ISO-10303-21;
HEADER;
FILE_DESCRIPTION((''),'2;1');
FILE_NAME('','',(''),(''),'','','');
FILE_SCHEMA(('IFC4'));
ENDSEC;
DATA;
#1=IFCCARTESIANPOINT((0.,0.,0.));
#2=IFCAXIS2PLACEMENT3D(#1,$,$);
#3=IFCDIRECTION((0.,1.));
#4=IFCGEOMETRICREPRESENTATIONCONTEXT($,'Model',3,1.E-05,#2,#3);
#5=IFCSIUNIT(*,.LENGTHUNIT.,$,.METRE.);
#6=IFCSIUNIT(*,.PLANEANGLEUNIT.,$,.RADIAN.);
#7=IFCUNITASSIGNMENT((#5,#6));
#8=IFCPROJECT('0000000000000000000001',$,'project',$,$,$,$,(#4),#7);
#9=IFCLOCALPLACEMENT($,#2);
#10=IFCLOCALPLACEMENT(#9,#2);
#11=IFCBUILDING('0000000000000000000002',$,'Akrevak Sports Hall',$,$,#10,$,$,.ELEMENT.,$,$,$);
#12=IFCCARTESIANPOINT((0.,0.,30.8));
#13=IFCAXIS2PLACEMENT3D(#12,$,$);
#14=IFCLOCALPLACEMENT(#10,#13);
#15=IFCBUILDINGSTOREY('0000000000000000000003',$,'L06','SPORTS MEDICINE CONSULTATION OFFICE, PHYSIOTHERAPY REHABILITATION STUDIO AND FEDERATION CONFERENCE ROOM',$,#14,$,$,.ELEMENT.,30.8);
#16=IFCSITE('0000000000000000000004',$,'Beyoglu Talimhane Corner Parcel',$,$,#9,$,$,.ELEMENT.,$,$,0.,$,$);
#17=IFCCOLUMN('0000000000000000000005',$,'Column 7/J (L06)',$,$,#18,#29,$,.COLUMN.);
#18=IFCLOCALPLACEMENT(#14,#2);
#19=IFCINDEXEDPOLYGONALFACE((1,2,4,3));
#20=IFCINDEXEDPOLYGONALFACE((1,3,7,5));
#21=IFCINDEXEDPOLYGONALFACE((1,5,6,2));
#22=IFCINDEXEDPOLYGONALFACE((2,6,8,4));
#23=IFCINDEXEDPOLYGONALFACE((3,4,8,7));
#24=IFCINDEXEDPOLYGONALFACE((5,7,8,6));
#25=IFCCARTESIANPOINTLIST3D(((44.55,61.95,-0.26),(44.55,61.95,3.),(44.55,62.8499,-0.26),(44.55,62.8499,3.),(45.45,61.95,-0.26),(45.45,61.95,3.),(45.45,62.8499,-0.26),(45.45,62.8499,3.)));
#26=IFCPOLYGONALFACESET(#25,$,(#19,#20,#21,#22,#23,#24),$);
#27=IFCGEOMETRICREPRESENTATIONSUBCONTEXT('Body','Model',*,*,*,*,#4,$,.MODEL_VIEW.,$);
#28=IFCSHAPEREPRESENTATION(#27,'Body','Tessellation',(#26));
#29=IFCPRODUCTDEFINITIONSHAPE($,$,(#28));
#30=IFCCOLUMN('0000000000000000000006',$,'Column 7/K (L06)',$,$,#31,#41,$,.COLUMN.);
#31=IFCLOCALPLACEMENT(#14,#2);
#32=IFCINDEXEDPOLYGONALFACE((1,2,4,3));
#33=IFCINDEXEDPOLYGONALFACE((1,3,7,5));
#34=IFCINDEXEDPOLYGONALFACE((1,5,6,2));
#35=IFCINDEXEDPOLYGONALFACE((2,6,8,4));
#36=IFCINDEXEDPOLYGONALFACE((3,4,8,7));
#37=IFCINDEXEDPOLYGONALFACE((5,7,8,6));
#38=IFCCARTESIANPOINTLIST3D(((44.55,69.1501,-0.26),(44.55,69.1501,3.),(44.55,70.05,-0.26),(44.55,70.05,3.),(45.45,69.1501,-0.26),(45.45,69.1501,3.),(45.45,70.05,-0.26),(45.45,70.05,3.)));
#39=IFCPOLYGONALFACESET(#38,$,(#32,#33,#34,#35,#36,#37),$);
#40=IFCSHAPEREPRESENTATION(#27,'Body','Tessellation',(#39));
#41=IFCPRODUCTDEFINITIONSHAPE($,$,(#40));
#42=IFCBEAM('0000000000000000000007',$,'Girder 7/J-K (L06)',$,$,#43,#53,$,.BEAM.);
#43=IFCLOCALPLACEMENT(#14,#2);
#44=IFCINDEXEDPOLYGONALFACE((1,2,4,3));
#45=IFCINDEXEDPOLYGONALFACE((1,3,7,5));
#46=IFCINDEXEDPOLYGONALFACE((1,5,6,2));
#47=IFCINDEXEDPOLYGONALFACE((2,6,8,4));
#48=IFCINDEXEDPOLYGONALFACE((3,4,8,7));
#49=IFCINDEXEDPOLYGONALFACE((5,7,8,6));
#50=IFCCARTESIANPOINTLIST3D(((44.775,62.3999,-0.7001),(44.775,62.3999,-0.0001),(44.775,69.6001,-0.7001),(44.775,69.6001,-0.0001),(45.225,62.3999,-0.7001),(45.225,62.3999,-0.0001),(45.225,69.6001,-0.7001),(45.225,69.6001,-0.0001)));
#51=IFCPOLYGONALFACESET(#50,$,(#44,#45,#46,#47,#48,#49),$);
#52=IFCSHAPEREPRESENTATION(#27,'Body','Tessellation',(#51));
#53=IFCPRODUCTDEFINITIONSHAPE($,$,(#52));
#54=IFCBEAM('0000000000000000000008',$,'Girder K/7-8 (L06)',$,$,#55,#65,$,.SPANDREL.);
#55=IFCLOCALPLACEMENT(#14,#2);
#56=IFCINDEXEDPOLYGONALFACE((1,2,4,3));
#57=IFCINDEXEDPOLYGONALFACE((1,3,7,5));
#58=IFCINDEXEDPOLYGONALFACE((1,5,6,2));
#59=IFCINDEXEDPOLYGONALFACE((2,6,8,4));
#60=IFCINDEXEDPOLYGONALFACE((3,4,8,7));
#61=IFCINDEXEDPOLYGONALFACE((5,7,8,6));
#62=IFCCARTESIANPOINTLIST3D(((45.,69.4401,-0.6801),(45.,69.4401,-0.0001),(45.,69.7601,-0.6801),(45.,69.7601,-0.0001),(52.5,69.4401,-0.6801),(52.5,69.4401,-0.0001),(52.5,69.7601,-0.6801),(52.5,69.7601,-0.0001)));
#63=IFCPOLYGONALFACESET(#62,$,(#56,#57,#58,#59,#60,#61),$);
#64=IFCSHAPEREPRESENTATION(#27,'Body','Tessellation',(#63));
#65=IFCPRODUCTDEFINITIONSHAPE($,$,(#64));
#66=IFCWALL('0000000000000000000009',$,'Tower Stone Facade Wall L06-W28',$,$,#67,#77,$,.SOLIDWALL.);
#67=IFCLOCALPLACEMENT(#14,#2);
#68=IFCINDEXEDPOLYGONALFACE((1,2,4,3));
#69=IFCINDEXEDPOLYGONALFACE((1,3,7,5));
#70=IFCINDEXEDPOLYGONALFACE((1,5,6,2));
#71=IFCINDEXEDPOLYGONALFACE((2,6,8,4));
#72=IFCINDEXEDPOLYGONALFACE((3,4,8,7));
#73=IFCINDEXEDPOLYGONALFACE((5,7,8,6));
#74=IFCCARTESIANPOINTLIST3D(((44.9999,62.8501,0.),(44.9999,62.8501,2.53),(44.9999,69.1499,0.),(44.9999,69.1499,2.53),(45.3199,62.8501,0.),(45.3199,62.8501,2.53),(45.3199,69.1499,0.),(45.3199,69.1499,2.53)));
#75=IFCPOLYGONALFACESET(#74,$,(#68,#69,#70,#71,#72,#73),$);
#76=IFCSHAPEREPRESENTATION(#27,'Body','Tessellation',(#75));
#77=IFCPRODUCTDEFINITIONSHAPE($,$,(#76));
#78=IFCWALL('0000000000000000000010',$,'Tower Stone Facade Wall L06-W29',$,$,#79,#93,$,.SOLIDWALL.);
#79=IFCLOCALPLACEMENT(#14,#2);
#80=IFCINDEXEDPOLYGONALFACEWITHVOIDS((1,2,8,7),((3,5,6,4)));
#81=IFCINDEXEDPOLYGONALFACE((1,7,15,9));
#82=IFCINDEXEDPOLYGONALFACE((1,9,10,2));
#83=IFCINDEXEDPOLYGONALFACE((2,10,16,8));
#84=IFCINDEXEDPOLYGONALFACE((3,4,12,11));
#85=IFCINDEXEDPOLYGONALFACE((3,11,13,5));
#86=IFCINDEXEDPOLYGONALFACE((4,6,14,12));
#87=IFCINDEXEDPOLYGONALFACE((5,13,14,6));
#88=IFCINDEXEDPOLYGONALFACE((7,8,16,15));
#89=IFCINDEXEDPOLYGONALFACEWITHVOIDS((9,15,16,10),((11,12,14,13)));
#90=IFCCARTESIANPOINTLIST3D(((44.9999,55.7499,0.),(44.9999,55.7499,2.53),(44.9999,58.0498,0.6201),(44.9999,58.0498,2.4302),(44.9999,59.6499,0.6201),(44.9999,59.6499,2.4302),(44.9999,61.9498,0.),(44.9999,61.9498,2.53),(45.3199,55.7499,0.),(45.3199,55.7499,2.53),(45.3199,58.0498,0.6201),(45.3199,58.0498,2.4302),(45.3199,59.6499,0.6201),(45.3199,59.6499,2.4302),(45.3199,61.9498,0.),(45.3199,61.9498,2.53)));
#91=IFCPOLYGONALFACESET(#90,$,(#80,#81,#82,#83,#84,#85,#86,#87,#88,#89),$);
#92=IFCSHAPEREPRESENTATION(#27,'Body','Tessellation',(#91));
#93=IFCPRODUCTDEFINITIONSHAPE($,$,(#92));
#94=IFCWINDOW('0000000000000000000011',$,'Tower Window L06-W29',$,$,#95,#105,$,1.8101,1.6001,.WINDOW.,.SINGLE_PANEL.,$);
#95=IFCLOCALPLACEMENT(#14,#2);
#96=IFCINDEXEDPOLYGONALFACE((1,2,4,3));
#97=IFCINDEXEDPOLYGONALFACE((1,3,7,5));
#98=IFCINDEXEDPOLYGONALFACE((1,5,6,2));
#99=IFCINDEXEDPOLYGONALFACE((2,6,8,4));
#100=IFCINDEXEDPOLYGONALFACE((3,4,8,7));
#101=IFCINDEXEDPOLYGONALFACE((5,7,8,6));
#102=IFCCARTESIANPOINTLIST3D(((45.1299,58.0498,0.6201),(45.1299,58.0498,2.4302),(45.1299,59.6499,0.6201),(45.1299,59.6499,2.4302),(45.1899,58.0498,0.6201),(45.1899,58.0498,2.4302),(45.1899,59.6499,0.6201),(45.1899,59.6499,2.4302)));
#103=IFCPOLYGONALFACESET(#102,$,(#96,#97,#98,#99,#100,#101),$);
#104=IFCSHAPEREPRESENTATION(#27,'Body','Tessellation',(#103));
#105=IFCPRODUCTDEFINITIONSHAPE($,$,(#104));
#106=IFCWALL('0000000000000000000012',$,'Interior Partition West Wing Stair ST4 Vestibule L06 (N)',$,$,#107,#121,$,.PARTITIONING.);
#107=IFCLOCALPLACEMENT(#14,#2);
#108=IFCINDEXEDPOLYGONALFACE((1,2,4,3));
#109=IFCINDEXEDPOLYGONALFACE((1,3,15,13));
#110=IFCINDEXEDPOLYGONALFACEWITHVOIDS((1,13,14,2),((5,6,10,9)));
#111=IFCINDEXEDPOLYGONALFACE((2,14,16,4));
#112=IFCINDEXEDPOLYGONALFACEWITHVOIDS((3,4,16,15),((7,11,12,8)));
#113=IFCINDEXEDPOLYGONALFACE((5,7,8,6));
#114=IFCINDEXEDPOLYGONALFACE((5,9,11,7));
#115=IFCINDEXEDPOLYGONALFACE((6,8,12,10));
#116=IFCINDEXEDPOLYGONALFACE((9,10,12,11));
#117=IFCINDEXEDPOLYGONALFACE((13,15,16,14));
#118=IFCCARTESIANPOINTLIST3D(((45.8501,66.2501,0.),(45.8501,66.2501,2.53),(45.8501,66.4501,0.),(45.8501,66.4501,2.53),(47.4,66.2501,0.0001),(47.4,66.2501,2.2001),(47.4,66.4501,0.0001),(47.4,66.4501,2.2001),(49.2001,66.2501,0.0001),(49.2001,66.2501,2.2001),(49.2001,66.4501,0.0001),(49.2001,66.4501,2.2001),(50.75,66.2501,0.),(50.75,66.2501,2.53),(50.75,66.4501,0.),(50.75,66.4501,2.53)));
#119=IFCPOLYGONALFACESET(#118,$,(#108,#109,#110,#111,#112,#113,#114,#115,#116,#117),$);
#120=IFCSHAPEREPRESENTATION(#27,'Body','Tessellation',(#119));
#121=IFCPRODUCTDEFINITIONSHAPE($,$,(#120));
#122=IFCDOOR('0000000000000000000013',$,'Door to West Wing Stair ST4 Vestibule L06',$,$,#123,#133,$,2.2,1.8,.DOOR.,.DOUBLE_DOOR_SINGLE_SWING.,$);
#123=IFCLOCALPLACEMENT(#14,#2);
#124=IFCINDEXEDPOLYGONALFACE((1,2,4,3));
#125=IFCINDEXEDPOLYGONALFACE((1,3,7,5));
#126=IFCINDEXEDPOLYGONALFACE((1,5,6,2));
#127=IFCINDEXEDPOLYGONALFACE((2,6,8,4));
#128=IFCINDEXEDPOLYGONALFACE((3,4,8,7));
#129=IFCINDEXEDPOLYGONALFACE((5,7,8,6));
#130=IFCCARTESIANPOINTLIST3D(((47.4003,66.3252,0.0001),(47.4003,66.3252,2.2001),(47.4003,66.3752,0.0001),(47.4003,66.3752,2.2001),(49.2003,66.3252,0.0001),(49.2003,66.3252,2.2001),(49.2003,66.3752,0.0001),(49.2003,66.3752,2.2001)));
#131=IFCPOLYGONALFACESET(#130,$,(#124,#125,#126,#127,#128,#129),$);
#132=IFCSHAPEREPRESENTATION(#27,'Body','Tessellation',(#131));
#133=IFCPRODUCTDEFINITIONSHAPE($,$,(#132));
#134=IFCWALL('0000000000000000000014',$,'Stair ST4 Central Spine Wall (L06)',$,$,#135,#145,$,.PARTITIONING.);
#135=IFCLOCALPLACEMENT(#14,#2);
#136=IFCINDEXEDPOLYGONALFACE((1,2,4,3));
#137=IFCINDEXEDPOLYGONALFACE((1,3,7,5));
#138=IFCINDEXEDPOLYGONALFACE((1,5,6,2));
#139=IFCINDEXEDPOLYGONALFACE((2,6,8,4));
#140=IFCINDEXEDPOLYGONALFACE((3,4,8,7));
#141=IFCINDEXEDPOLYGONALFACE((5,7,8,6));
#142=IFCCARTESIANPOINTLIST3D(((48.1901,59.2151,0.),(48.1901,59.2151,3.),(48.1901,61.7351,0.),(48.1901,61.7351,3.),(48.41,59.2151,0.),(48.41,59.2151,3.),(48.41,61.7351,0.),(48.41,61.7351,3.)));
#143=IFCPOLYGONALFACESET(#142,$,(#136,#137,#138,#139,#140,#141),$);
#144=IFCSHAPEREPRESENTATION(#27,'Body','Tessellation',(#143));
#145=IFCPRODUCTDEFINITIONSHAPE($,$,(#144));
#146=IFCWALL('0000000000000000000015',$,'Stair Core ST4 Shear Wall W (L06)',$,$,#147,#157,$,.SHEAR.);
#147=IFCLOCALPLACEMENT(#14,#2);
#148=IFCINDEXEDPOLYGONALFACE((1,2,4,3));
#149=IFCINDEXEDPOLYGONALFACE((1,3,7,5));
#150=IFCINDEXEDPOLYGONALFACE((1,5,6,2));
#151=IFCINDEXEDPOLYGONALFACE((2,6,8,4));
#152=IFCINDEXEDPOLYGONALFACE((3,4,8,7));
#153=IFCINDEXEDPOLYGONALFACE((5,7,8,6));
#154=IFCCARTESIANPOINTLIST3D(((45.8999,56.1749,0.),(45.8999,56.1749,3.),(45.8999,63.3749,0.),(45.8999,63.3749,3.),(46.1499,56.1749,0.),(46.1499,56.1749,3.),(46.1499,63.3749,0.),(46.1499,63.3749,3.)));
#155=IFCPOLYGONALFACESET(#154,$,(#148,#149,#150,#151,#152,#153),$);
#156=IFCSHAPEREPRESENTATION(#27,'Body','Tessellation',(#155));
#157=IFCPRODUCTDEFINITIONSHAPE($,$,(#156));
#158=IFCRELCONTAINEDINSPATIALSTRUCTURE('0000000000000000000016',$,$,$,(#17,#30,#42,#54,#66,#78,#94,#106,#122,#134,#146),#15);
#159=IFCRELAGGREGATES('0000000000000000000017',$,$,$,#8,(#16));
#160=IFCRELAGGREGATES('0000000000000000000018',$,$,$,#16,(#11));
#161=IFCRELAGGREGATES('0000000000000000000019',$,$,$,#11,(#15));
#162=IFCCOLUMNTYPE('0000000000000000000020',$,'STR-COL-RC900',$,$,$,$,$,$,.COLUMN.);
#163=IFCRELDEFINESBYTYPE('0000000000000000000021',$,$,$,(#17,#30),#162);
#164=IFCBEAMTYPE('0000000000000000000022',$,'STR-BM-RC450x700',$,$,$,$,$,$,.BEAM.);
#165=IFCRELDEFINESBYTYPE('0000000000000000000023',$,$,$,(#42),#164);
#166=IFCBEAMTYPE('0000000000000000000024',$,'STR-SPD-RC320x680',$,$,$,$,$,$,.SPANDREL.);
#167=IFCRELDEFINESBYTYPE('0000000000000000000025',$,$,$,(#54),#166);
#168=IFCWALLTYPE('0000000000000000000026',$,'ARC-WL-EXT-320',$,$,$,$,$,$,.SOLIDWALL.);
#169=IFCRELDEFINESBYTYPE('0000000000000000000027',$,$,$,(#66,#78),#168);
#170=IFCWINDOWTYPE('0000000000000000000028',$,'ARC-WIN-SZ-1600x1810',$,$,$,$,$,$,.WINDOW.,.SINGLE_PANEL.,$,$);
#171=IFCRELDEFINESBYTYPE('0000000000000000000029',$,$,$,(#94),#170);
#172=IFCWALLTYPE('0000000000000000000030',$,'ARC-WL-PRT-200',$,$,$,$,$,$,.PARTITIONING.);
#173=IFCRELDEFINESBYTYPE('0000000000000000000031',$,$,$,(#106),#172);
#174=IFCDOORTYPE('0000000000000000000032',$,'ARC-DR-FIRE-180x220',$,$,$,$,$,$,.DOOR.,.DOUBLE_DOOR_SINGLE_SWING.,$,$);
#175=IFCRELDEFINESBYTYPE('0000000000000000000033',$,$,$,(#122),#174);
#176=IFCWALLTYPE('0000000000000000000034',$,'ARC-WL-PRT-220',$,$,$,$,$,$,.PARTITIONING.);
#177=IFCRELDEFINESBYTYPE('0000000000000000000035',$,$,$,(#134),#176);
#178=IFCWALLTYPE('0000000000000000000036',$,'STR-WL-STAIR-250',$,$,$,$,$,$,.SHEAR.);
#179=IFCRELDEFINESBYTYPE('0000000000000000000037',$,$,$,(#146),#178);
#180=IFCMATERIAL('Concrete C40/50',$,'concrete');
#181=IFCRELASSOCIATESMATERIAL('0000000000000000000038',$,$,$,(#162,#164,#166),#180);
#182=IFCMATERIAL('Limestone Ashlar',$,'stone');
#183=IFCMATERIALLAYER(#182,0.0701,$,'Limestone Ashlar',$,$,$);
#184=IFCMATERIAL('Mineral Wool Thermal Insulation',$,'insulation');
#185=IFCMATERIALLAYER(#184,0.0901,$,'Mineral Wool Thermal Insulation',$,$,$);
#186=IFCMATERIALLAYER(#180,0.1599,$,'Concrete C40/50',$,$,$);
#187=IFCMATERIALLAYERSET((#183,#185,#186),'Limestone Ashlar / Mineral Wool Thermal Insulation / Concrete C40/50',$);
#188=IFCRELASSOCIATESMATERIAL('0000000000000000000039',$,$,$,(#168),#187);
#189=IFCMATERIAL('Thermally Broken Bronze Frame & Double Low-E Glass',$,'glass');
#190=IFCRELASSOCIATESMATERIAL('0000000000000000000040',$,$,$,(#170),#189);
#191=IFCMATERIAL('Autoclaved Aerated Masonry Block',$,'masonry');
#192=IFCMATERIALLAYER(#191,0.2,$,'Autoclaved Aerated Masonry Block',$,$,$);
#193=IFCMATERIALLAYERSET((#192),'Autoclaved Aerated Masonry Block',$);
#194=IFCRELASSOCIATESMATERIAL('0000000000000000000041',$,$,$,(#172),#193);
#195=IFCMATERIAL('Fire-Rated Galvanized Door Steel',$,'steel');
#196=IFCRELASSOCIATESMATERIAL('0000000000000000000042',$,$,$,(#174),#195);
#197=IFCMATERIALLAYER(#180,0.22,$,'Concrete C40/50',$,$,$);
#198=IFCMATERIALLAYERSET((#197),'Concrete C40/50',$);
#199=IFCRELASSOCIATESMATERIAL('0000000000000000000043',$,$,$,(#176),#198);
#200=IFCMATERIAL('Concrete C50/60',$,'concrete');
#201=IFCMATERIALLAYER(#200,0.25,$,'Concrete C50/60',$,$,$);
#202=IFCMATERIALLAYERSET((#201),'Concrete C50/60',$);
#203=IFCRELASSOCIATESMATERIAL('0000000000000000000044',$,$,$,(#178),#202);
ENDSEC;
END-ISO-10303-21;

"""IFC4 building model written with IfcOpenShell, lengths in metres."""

from ifc_helpers import new_model, si_unit, direction, frame, frame_2d, origin, origin_2d, place, context, subcontext, project, spatial, rectangle, extrude, material, layer, layer_set, material_profile, profile_set, type_object, element, fill, save


model = new_model("IFC4")

# Units and contexts
model_context = context("Model", 3, precision=1e-05, world=origin(), true_north=direction((0.0, 1.0)))
body_context = subcontext(model_context, "Body", "Model", "MODEL_VIEW")
ifc_project = project(units=[si_unit("LENGTHUNIT", "METRE"), si_unit("PLANEANGLEUNIT", "RADIAN")], contexts=[model_context])

# Site, building, storey
site_placement = place(None, origin())
site = spatial("IfcSite", under=ifc_project, at=site_placement, Name="Beyoglu Talimhane Corner Parcel", CompositionType="ELEMENT", RefElevation=0.0)
building_placement = place(site_placement, origin())
building = spatial("IfcBuilding", under=site, at=building_placement, Name="Akrevak Sports Hall", CompositionType="ELEMENT")
storey_placement = place(building_placement, frame((0.0, 0.0, 30.8)))
storey = spatial("IfcBuildingStorey", under=building, at=storey_placement, Name="L06", Description="SPORTS MEDICINE CONSULTATION OFFICE, PHYSIOTHERAPY REHABILITATION STUDIO AND FEDERATION CONFERENCE ROOM", CompositionType="ELEMENT", Elevation=30.8)

# Columns
ifc_material_1 = material(Name="Concrete C40/50", Category="concrete")
ifc_material_profile_1 = material_profile(ifc_material_1, rectangle(XDim=0.8999, YDim=0.8999, at=origin_2d()), Name="RC 900x900", Category="concrete")
ifc_profile_set_1 = profile_set([ifc_material_profile_1], Name="Concrete C40/50")
column_type = type_object("IfcColumnType", Name="STR-COL-RC900", PredefinedType="COLUMN", material=ifc_profile_set_1)
for number, where, z_axis, x_axis, name in (
    (1, (45.0, 62.3999, -0.26), (0.0, 0.0, 1.0), (1.0, 0.0, 0.0), "Column 7/J (L06)"),
    (2, (45.0, 69.6001, -0.26), (0.0, 0.0, 1.0), (1.0, 0.0, 0.0), "Column 7/K (L06)"),
):
    element("IfcColumn", number, at=place(storey_placement, frame(where, z_axis=z_axis, x_axis=x_axis)), inside=storey, type_object=column_type, Name=name, PredefinedType="COLUMN", context=body_context, shape_type="SweptSolid", body=[
        extrude(rectangle(XDim=0.8999, YDim=0.8999, at=origin_2d()), origin(), (0.0, 0.0, 1.0), 3.26),
    ])

# Beams
ifc_material_profile_2 = material_profile(ifc_material_1, rectangle(XDim=0.45, YDim=0.7, at=origin_2d()), Name="BM 450x700", Category="concrete")
ifc_profile_set_2 = profile_set([ifc_material_profile_2], Name="Concrete C40/50")
beam_type_1 = type_object("IfcBeamType", Name="STR-BM-RC450x700", PredefinedType="BEAM", material=ifc_profile_set_2)
beam_1_placement = place(storey_placement, frame((45.0, 62.3999, -0.3501), z_axis=(0.0, 1.0, 0.0), x_axis=(-1.0, 0.0, 0.0)))
element("IfcBeam", 3, at=beam_1_placement, inside=storey, type_object=beam_type_1, Name="Girder 7/J-K (L06)", PredefinedType="BEAM", context=body_context, shape_type="SweptSolid", body=[
    extrude(rectangle(XDim=0.45, YDim=0.7, at=origin_2d()), origin(), (0.0, 0.0, 1.0), 7.2002),
])
ifc_material_profile_3 = material_profile(ifc_material_1, rectangle(XDim=0.3201, YDim=0.6799, at=origin_2d()), Name="SPD 320x680", Category="concrete")
ifc_profile_set_3 = profile_set([ifc_material_profile_3], Name="Concrete C40/50")
beam_type_2 = type_object("IfcBeamType", Name="STR-SPD-RC320x680", PredefinedType="SPANDREL", material=ifc_profile_set_3)
beam_2_placement = place(storey_placement, frame((45.0, 69.6001, -0.3401), z_axis=(1.0, 0.0, 0.0), x_axis=(0.0, 1.0, 0.0)))
element("IfcBeam", 4, at=beam_2_placement, inside=storey, type_object=beam_type_2, Name="Girder K/7-8 (L06)", PredefinedType="SPANDREL", context=body_context, shape_type="SweptSolid", body=[
    extrude(rectangle(XDim=0.3201, YDim=0.6799, at=origin_2d()), origin(), (0.0, 0.0, 1.0), 7.5),
])

# Wall
ifc_material_2 = material(Name="Limestone Ashlar", Category="stone")
ifc_layer_1 = layer(ifc_material_2, 0.0701, Name="Limestone Ashlar")
ifc_material_3 = material(Name="Mineral Wool Thermal Insulation", Category="insulation")
ifc_layer_2 = layer(ifc_material_3, 0.0901, Name="Mineral Wool Thermal Insulation")
ifc_layer_3 = layer(ifc_material_1, 0.1599, Name="Concrete C40/50")
ifc_layer_set_1 = layer_set([ifc_layer_1, ifc_layer_2, ifc_layer_3], Name="Limestone Ashlar / Mineral Wool Thermal Insulation / Concrete C40/50")
wall_type_1 = type_object("IfcWallType", Name="ARC-WL-EXT-320", PredefinedType="SOLIDWALL", material=ifc_layer_set_1)
wall_1_placement = place(storey_placement, frame((45.1599, 69.1499, 0.0), z_axis=(0.0, 0.0, 1.0), x_axis=(0.0, -1.0, 0.0)))
element("IfcWall", 5, at=wall_1_placement, inside=storey, type_object=wall_type_1, Name="Tower Stone Facade Wall L06-W28", PredefinedType="SOLIDWALL", context=body_context, shape_type="SweptSolid", body=[
    extrude(rectangle(XDim=6.2998, YDim=0.3201, at=frame_2d((3.1499, 0.0))), origin(), (0.0, 0.0, 1.0), 2.53),
])

# Wall, opening, window
wall_2_placement = place(storey_placement, frame((45.1599, 61.95, 0.0), z_axis=(0.0, 0.0, 1.0), x_axis=(0.0, -1.0, 0.0)))
wall_2 = element("IfcWall", 6, at=wall_2_placement, inside=storey, type_object=wall_type_1, Name="Tower Stone Facade Wall L06-W29", PredefinedType="SOLIDWALL", context=body_context, shape_type="SweptSolid", body=[
    extrude(rectangle(XDim=6.2, YDim=0.3201, at=frame_2d((3.1001, 0.0))), origin(), (0.0, 0.0, 1.0), 2.53),
])
opening_1_placement = place(wall_2_placement, frame((2.3, 0.0, 0.6201)))
opening_1 = element("IfcOpeningElement", 7, at=opening_1_placement, cuts=wall_2, PredefinedType="OPENING", context=body_context, shape_type="SweptSolid", body=[
    extrude(rectangle(XDim=1.6001, YDim=1.8101, at=frame_2d((0.8, 0.905))), frame((0.0, 0.1719, 0.0), z_axis=(0.0, -1.0, 0.0), x_axis=(1.0, 0.0, 0.0)), (0.0, 0.0, 1.0), 0.344),
])
ifc_material_4 = material(Name="Thermally Broken Bronze Frame & Double Low-E Glass", Category="glass")
window_type = type_object("IfcWindowType", Name="ARC-WIN-SZ-1600x1810", PartitioningType="SINGLE_PANEL", PredefinedType="WINDOW", material=ifc_material_4)
window_placement = place(opening_1_placement, origin())
window = element("IfcWindow", 8, at=window_placement, inside=storey, type_object=window_type, Name="Tower Window L06-W29", OverallHeight=1.8101, OverallWidth=1.6001, PartitioningType="SINGLE_PANEL", PredefinedType="WINDOW", context=body_context, shape_type="SweptSolid", body=[
    extrude(rectangle(XDim=1.6001, YDim=1.8101, at=frame_2d((0.8, 0.905))), frame((0.0, 0.03, 0.0), z_axis=(0.0, -1.0, 0.0), x_axis=(1.0, 0.0, 0.0)), (0.0, 0.0, 1.0), 0.0601),
])
fill(opening_1, window)

# Wall, opening, door
ifc_material_5 = material(Name="Autoclaved Aerated Masonry Block", Category="masonry")
ifc_layer_4 = layer(ifc_material_5, 0.2, Name="Autoclaved Aerated Masonry Block")
ifc_layer_set_2 = layer_set([ifc_layer_4], Name="Autoclaved Aerated Masonry Block")
wall_type_2 = type_object("IfcWallType", Name="ARC-WL-PRT-200", PredefinedType="PARTITIONING", material=ifc_layer_set_2)
wall_3_placement = place(storey_placement, frame((45.8501, 66.3501, 0.0), z_axis=(0.0, 0.0, 1.0), x_axis=(1.0, 0.0, 0.0)))
wall_3 = element("IfcWall", 9, at=wall_3_placement, inside=storey, type_object=wall_type_2, Name="Interior Partition West Wing Stair ST4 Vestibule L06 (N)", PredefinedType="PARTITIONING", context=body_context, shape_type="SweptSolid", body=[
    extrude(rectangle(XDim=4.8999, YDim=0.2, at=frame_2d((2.45, 0.0))), origin(), (0.0, 0.0, 1.0), 2.53),
])
opening_2_placement = place(wall_3_placement, frame((1.55, 0.0, 0.0)))
opening_2 = element("IfcOpeningElement", 10, at=opening_2_placement, cuts=wall_3, PredefinedType="OPENING", context=body_context, shape_type="SweptSolid", body=[
    extrude(rectangle(XDim=1.8, YDim=2.2, at=frame_2d((0.8999, 1.1001))), frame((0.0, 0.1118, 0.0), z_axis=(0.0, -1.0, 0.0), x_axis=(1.0, 0.0, 0.0)), (0.0, 0.0, 1.0), 0.2239),
])
ifc_material_6 = material(Name="Fire-Rated Galvanized Door Steel", Category="steel")
door_type = type_object("IfcDoorType", Name="ARC-DR-FIRE-180x220", OperationType="DOUBLE_DOOR_SINGLE_SWING", PredefinedType="DOOR", material=ifc_material_6)
door_placement = place(opening_2_placement, frame((1.8, 0.0, 0.0), z_axis=(0.0, 0.0, 1.0), x_axis=(-1.0, 0.0, 0.0)))
door = element("IfcDoor", 11, at=door_placement, inside=storey, type_object=door_type, Name="Door to West Wing Stair ST4 Vestibule L06", OperationType="DOUBLE_DOOR_SINGLE_SWING", OverallHeight=2.2, OverallWidth=1.8, PredefinedType="DOOR", context=body_context, shape_type="SweptSolid", body=[
    extrude(rectangle(XDim=1.8, YDim=2.2, at=frame_2d((0.8999, 1.1001))), frame((0.0, 0.0249, 0.0), z_axis=(0.0, -1.0, 0.0), x_axis=(1.0, 0.0, 0.0)), (0.0, 0.0, 1.0), 0.05),
])
fill(opening_2, door)

# Walls
ifc_layer_5 = layer(ifc_material_1, 0.22, Name="Concrete C40/50")
ifc_layer_set_3 = layer_set([ifc_layer_5], Name="Concrete C40/50")
wall_type_3 = type_object("IfcWallType", Name="ARC-WL-PRT-220", PredefinedType="PARTITIONING", material=ifc_layer_set_3)
wall_4_placement = place(storey_placement, frame((48.3, 59.2151, 0.0), z_axis=(0.0, 0.0, 1.0), x_axis=(0.0, 1.0, 0.0)))
element("IfcWall", 12, at=wall_4_placement, inside=storey, type_object=wall_type_3, Name="Stair ST4 Central Spine Wall (L06)", PredefinedType="PARTITIONING", context=body_context, shape_type="SweptSolid", body=[
    extrude(rectangle(XDim=2.52, YDim=0.22, at=frame_2d((1.26, 0.0))), origin(), (0.0, 0.0, 1.0), 3.0),
])
ifc_material_7 = material(Name="Concrete C50/60", Category="concrete")
ifc_layer_6 = layer(ifc_material_7, 0.25, Name="Concrete C50/60")
ifc_layer_set_4 = layer_set([ifc_layer_6], Name="Concrete C50/60")
wall_type_4 = type_object("IfcWallType", Name="STR-WL-STAIR-250", PredefinedType="SHEAR", material=ifc_layer_set_4)
wall_5_placement = place(storey_placement, frame((46.0249, 63.375, 0.0), z_axis=(0.0, 0.0, 1.0), x_axis=(0.0, -1.0, 0.0)))
element("IfcWall", 13, at=wall_5_placement, inside=storey, type_object=wall_type_4, Name="Stair Core ST4 Shear Wall W (L06)", PredefinedType="SHEAR", context=body_context, shape_type="SweptSolid", body=[
    extrude(rectangle(XDim=7.2, YDim=0.25, at=frame_2d((3.6001, 0.0))), origin(), (0.0, 0.0, 1.0), 3.0),
])

save(model, "model.ifc")
